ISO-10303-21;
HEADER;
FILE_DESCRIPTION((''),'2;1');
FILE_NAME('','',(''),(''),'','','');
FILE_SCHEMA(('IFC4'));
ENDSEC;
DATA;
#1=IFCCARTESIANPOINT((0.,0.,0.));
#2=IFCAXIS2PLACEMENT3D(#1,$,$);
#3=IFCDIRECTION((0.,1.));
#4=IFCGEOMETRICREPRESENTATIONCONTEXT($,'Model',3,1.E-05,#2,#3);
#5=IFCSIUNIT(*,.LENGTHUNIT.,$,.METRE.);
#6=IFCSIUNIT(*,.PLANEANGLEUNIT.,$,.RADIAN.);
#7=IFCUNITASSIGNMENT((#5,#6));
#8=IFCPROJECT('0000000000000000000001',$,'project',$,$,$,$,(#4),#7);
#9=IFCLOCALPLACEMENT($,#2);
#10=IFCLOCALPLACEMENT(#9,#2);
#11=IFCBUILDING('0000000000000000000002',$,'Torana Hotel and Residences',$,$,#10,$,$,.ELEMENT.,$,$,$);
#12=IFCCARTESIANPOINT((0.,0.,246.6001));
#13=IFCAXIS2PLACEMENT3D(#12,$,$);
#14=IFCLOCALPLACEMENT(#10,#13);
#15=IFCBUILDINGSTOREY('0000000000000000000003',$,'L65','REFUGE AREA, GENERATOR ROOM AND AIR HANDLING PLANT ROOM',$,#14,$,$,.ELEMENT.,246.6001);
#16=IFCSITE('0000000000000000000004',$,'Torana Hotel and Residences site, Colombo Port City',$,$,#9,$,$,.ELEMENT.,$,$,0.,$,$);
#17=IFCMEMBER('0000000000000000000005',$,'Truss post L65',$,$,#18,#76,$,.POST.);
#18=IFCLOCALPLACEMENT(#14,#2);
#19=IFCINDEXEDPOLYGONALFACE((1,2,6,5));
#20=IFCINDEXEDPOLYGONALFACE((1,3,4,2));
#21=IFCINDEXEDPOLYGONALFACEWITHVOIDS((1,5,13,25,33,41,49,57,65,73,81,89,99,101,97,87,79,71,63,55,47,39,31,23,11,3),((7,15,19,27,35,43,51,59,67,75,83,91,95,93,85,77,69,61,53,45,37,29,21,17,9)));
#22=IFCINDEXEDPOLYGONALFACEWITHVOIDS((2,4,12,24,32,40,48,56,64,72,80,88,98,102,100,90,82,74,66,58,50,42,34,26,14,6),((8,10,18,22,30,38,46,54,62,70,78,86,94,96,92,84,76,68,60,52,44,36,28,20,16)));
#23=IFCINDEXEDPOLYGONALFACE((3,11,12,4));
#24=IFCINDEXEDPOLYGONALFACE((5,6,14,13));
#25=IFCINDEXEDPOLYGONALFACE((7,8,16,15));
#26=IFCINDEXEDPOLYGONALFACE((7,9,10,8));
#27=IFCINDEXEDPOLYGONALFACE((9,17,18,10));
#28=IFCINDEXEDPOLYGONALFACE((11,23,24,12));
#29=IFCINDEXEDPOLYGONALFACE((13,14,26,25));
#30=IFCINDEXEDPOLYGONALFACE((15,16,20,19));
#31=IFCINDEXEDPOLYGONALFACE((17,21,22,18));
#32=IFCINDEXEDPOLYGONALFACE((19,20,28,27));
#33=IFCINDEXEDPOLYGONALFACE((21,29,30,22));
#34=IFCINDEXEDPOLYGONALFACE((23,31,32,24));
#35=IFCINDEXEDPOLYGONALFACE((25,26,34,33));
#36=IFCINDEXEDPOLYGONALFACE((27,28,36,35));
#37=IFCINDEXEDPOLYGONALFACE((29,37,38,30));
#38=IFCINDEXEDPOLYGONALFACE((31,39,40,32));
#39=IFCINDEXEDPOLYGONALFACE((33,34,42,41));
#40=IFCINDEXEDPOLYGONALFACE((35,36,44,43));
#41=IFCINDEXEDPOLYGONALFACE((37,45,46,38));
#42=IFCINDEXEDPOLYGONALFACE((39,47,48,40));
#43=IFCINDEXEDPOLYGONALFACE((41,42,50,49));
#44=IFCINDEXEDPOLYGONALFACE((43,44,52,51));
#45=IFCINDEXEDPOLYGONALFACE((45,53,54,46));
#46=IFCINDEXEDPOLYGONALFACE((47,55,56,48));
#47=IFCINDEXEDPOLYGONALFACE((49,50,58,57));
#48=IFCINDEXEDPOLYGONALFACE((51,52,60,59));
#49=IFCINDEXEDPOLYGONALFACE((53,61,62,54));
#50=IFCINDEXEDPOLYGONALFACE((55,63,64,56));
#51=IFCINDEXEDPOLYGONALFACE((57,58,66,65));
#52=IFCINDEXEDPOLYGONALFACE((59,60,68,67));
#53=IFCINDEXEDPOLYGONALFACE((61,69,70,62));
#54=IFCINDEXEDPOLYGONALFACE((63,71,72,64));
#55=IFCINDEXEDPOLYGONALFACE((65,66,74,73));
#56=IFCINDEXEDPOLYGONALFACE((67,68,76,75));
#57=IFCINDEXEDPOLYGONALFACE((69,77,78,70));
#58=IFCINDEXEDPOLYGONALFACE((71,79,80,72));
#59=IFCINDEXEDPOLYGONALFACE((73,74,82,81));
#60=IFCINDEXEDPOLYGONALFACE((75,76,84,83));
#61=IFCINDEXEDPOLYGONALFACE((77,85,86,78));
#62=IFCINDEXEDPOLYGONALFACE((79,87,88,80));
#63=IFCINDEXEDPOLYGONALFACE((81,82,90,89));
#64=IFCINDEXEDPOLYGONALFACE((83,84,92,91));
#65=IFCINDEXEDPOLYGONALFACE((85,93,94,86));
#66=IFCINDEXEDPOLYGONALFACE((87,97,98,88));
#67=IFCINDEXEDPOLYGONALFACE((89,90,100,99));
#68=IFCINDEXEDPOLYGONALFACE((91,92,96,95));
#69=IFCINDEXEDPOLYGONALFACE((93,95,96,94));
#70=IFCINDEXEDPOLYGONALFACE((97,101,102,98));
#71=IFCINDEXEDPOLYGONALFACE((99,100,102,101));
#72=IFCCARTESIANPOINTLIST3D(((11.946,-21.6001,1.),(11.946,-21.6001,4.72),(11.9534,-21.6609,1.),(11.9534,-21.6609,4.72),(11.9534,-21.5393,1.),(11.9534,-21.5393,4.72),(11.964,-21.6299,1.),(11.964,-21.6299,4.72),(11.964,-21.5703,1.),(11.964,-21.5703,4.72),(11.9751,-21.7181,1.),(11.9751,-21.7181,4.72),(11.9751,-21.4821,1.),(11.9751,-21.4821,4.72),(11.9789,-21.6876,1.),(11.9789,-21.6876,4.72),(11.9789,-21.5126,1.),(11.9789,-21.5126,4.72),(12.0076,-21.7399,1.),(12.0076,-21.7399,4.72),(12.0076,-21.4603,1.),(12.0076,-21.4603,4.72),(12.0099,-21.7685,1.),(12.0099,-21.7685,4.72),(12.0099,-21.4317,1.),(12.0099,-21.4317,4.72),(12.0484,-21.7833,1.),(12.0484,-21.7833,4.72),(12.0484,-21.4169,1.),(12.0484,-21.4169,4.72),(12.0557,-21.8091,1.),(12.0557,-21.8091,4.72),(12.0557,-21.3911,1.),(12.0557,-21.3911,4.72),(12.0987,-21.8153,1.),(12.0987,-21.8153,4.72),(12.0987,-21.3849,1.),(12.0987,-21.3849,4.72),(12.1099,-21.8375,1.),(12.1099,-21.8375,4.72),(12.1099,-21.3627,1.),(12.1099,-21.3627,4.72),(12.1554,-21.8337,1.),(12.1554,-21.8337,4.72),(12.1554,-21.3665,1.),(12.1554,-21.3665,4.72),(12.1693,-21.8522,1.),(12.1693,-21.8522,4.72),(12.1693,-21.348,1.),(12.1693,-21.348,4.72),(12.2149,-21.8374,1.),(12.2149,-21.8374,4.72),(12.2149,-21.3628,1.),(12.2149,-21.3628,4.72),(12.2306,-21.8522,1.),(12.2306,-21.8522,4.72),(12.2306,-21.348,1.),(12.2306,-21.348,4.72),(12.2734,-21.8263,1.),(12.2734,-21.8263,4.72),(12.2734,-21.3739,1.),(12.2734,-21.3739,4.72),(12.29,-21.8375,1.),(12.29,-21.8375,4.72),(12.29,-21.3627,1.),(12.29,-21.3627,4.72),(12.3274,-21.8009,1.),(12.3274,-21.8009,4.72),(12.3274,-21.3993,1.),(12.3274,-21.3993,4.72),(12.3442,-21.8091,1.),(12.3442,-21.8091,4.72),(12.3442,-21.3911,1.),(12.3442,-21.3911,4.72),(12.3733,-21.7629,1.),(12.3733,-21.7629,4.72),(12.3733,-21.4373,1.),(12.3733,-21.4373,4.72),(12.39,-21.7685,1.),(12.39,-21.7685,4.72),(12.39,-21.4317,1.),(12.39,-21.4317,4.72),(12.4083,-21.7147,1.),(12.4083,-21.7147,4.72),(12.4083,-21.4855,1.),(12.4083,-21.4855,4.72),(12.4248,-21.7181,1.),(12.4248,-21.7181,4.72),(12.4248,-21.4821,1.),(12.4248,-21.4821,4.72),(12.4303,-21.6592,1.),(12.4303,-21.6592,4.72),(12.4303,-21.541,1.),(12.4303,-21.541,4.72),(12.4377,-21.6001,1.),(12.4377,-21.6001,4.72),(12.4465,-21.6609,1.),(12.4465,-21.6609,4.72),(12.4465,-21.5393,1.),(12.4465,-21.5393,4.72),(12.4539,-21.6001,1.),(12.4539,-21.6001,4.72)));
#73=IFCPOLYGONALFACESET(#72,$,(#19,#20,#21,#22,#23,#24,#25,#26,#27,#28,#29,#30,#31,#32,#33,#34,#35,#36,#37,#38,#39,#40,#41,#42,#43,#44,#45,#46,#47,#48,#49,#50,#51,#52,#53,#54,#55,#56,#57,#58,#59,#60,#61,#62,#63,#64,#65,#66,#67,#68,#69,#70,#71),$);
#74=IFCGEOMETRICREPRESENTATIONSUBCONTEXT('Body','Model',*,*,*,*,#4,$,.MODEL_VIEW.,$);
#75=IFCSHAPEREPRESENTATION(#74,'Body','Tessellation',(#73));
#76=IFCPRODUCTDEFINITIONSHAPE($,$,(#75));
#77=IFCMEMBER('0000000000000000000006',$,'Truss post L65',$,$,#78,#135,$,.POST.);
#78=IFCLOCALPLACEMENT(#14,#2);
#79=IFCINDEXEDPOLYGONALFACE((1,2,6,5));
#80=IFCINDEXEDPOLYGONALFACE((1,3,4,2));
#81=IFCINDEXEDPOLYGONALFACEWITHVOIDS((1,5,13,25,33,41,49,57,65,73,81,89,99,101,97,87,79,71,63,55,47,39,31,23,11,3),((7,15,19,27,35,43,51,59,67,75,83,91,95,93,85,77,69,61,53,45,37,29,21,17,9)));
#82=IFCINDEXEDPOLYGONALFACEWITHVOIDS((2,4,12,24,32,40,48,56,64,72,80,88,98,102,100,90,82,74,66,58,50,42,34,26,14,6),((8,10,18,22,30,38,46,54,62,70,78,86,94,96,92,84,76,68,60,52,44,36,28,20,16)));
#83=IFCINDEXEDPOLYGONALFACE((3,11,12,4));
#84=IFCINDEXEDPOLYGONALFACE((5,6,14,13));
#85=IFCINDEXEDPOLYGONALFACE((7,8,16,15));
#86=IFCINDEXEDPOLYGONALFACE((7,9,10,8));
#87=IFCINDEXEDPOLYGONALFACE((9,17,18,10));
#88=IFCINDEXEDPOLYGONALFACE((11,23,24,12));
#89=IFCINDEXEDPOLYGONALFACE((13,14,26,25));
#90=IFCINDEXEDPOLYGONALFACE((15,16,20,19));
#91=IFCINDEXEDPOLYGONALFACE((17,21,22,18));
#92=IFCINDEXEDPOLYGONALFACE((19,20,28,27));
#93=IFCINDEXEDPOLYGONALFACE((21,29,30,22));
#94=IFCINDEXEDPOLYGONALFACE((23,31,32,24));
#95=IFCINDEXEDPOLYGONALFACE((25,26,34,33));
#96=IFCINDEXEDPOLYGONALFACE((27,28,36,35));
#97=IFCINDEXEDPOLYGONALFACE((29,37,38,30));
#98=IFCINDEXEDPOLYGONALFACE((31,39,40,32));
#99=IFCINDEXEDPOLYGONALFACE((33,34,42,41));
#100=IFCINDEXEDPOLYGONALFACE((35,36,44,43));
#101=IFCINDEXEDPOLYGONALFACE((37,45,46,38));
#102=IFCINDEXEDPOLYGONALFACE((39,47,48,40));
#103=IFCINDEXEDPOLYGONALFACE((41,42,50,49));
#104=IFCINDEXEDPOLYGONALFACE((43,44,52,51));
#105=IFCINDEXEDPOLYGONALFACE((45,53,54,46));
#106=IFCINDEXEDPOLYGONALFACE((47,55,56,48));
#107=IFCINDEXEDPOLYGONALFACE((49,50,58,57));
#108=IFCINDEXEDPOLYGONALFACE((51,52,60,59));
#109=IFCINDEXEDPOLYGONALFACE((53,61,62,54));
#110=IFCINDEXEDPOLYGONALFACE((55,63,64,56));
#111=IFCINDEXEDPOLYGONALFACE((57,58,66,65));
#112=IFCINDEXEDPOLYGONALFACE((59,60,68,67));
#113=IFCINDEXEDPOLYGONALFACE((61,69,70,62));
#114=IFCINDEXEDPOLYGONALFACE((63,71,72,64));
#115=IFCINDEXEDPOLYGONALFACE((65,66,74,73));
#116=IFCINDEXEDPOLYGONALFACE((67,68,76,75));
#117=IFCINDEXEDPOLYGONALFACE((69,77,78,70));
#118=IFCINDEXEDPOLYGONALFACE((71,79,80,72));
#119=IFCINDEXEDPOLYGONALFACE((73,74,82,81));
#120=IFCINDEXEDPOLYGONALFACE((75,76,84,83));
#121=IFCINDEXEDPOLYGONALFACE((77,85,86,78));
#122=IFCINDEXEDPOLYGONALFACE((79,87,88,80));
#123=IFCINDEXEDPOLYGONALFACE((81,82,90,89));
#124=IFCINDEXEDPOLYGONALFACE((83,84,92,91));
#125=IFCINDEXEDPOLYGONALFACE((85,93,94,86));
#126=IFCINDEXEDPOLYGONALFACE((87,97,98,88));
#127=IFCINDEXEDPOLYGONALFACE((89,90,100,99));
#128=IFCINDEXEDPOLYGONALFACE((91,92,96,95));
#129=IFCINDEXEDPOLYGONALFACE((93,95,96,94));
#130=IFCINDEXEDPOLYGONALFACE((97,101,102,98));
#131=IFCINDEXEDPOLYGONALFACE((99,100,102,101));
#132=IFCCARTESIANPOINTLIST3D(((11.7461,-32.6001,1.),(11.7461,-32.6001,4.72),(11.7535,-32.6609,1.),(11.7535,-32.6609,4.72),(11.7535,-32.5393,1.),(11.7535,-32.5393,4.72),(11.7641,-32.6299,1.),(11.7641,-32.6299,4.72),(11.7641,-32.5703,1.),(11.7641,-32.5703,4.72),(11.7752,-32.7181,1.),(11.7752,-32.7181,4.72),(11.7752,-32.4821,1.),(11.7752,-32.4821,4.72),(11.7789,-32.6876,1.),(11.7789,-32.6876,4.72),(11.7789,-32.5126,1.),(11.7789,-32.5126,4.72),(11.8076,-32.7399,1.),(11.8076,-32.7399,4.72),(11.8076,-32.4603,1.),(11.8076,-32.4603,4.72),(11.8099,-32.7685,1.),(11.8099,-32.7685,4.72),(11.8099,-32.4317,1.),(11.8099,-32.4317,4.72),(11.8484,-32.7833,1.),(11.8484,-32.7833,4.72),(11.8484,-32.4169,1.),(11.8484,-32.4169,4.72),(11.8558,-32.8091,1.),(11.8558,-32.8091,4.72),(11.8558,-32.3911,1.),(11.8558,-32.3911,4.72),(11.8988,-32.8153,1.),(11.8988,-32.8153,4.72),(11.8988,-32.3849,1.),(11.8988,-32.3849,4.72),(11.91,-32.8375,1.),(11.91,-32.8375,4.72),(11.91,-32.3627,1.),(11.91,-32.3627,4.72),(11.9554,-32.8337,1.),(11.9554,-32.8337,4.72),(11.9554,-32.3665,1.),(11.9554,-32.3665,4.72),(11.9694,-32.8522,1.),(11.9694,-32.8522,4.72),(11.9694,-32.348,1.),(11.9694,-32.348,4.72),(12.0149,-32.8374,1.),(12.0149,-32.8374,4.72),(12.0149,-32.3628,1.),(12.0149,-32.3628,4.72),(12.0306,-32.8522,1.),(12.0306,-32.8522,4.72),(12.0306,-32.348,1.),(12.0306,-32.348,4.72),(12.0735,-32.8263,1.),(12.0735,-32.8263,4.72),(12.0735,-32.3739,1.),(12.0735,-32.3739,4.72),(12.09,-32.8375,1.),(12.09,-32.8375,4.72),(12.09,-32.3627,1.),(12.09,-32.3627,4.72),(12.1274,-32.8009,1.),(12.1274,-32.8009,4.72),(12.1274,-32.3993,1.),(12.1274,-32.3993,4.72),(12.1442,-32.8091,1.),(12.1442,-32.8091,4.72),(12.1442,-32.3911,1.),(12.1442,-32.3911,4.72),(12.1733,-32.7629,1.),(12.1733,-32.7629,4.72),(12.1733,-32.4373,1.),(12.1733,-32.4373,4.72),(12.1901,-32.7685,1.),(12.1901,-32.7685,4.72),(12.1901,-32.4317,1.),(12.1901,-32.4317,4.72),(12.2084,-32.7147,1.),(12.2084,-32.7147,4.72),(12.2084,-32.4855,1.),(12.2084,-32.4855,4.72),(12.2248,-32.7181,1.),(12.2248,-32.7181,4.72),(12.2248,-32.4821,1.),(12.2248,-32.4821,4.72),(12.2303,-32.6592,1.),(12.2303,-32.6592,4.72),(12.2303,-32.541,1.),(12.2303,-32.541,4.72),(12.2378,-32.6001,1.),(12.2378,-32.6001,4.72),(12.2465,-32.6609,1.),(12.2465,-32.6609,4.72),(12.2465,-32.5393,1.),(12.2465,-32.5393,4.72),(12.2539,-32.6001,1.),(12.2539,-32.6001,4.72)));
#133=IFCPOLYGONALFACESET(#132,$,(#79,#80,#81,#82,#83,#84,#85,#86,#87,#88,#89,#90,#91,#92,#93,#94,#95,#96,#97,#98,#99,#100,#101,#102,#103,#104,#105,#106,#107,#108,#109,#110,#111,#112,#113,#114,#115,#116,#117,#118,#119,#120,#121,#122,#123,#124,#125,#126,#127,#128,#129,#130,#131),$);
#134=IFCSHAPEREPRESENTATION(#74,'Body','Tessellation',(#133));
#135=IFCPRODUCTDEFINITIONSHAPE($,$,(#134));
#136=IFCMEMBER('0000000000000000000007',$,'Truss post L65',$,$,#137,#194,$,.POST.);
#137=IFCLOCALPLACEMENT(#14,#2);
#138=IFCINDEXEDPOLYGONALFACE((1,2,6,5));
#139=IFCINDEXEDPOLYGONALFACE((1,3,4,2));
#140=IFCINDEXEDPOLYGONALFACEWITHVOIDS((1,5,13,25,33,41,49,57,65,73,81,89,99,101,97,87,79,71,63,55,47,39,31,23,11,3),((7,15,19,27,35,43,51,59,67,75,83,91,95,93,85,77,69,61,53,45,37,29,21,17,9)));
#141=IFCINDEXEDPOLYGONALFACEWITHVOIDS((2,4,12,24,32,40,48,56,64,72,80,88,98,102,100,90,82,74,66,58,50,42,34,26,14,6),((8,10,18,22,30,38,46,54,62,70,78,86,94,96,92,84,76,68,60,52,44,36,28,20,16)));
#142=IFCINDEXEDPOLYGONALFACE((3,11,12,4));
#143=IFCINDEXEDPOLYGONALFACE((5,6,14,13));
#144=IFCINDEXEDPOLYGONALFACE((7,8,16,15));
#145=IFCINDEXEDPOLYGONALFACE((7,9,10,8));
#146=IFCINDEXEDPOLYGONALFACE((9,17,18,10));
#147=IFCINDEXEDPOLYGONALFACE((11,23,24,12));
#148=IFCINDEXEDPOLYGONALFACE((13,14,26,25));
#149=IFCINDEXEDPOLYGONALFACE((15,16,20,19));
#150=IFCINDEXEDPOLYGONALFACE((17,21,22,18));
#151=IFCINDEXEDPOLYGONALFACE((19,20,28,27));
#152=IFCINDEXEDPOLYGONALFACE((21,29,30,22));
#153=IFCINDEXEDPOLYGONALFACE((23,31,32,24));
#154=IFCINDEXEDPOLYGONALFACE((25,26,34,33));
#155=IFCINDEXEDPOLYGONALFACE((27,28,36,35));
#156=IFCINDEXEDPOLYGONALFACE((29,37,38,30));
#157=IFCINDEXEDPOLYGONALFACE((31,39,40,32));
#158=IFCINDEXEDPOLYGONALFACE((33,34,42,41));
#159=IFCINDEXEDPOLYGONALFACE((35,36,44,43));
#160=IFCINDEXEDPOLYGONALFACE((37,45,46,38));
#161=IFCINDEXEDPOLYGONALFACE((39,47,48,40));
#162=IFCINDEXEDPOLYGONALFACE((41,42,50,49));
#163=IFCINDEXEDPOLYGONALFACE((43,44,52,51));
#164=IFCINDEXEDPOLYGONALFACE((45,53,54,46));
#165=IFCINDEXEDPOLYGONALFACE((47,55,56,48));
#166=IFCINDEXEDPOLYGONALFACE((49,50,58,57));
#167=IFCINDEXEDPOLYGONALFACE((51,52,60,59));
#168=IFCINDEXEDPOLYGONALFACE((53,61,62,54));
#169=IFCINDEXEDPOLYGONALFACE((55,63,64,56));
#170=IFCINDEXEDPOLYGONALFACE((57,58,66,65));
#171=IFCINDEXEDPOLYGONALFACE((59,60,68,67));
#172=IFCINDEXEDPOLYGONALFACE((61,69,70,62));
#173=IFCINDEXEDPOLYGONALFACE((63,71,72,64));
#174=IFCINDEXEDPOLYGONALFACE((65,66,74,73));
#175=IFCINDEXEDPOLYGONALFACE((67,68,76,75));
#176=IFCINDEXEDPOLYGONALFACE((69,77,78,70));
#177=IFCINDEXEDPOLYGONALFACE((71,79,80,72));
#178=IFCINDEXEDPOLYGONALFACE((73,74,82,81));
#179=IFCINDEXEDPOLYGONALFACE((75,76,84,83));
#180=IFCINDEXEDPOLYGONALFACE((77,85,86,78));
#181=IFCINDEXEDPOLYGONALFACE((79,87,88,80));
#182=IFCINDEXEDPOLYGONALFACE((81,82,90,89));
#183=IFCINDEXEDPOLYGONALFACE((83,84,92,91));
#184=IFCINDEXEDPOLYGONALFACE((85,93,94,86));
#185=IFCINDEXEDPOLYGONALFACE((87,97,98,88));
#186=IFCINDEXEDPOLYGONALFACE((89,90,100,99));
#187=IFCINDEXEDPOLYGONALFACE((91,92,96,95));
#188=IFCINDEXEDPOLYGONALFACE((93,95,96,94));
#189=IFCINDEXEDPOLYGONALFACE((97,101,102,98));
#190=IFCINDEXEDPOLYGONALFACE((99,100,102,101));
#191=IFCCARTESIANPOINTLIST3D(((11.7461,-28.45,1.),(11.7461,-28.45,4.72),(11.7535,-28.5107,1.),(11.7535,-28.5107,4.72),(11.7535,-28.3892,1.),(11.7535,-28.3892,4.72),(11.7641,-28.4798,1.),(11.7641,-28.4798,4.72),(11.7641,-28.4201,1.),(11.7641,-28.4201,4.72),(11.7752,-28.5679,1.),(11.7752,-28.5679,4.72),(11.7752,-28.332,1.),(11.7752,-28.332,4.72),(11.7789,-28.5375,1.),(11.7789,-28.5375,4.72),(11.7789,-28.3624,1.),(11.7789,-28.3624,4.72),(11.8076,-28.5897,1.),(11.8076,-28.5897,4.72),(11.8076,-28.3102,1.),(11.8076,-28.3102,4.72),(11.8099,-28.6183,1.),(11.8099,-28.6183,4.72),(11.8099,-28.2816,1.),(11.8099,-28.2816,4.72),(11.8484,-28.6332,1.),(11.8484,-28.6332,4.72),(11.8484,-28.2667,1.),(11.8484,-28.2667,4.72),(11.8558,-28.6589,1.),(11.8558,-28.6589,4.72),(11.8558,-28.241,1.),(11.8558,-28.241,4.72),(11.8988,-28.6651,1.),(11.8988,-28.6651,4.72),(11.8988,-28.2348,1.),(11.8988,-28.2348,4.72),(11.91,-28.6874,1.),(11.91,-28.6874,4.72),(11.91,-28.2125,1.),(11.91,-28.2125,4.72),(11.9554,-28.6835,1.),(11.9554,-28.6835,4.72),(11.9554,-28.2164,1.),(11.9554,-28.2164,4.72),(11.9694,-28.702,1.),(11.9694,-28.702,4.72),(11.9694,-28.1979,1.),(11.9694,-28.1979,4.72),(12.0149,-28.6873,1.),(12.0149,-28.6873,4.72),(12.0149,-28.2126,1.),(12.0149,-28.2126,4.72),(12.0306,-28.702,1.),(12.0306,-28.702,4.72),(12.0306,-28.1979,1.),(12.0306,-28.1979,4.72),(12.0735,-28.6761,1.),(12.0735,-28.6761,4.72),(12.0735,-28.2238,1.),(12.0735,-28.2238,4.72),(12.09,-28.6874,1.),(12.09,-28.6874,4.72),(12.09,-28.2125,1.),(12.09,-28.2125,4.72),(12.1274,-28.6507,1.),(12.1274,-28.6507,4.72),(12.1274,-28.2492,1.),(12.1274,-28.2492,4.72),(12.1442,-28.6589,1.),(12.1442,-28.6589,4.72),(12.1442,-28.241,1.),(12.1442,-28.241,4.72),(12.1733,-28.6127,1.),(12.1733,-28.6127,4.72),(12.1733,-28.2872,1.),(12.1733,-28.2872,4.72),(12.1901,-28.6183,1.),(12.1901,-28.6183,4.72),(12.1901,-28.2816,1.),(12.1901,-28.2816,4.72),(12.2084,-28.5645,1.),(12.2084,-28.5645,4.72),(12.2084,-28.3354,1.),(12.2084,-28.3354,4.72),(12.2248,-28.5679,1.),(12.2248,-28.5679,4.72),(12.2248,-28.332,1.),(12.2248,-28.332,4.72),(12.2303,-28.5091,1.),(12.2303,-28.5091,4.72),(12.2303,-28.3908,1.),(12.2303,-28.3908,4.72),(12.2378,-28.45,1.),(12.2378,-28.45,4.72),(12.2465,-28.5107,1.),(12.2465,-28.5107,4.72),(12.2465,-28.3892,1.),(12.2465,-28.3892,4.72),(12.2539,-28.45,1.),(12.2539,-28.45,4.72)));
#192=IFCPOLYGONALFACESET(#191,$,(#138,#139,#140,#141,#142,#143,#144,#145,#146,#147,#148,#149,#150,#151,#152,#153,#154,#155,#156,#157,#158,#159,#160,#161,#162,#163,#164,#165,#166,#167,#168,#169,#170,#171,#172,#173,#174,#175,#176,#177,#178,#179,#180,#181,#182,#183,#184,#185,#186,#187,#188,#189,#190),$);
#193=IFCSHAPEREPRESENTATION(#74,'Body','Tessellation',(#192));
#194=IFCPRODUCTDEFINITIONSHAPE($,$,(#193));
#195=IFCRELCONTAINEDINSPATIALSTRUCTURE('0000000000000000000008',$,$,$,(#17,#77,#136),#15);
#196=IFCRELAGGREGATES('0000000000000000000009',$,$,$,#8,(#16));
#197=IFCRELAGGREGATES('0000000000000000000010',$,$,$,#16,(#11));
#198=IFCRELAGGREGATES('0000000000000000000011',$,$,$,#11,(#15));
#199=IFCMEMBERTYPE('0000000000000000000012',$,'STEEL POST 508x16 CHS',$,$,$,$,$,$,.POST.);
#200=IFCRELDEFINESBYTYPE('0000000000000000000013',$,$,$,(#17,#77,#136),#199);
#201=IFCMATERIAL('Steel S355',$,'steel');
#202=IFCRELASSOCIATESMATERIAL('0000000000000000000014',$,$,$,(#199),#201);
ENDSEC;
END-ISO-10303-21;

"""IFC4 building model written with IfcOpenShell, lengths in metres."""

from ifc_helpers import new_model, si_unit, direction, frame, origin, origin_2d, place, context, subcontext, project, spatial, hollow_circle, extrude, material, material_profile, profile_set, type_object, element, save


model = new_model("IFC4")

# Units and contexts
model_context = context("Model", 3, precision=1e-05, world=origin(), true_north=direction((0.0, 1.0)))
body_context = subcontext(model_context, "Body", "Model", "MODEL_VIEW")
ifc_project = project(units=[si_unit("LENGTHUNIT", "METRE"), si_unit("PLANEANGLEUNIT", "RADIAN")], contexts=[model_context])

# Site, building, storey
site_placement = place(None, origin())
site = spatial("IfcSite", under=ifc_project, at=site_placement, Name="Torana Hotel and Residences site, Colombo Port City", CompositionType="ELEMENT", RefElevation=0.0)
building_placement = place(site_placement, origin())
building = spatial("IfcBuilding", under=site, at=building_placement, Name="Torana Hotel and Residences", CompositionType="ELEMENT")
storey_placement = place(building_placement, frame((0.0, 0.0, 246.6001)))
storey = spatial("IfcBuildingStorey", under=building, at=storey_placement, Name="L65", Description="REFUGE AREA, GENERATOR ROOM AND AIR HANDLING PLANT ROOM", CompositionType="ELEMENT", Elevation=246.6001)

# Members
ifc_material_1 = material(Name="Steel S355", Category="steel")
ifc_material_profile_1 = material_profile(ifc_material_1, hollow_circle(Radius=0.2539, WallThickness=0.0161, at=origin_2d()), Name="508x16 CHS")
ifc_profile_set_1 = profile_set([ifc_material_profile_1], Name="Steel S355")
member_type_1 = type_object("IfcMemberType", Name="STEEL POST 508x16 CHS", PredefinedType="POST", material=ifc_profile_set_1)
for number, where, z_axis, x_axis, name in (
    (1, (12.2, -21.6001, 1.0), (0.0, 0.0, 1.0), (1.0, 0.0, 0.0), "Truss post L65"),
    (2, (12.0, -32.6001, 1.0), (0.0, 0.0, 1.0), (1.0, 0.0, 0.0), "Truss post L65"),
    (3, (12.0, -28.45, 1.0), (0.0, 0.0, 1.0), (1.0, 0.0, 0.0), "Truss post L65"),
):
    element("IfcMember", number, at=place(storey_placement, frame(where, z_axis=z_axis, x_axis=x_axis)), inside=storey, type_object=member_type_1, Name=name, PredefinedType="POST", context=body_context, shape_type="SweptSolid", body=[
        extrude(hollow_circle(Radius=0.2539, WallThickness=0.0161, at=origin_2d()), origin(), (0.0, 0.0, 1.0), 3.72),
    ])

save(model, "model.ifc")
